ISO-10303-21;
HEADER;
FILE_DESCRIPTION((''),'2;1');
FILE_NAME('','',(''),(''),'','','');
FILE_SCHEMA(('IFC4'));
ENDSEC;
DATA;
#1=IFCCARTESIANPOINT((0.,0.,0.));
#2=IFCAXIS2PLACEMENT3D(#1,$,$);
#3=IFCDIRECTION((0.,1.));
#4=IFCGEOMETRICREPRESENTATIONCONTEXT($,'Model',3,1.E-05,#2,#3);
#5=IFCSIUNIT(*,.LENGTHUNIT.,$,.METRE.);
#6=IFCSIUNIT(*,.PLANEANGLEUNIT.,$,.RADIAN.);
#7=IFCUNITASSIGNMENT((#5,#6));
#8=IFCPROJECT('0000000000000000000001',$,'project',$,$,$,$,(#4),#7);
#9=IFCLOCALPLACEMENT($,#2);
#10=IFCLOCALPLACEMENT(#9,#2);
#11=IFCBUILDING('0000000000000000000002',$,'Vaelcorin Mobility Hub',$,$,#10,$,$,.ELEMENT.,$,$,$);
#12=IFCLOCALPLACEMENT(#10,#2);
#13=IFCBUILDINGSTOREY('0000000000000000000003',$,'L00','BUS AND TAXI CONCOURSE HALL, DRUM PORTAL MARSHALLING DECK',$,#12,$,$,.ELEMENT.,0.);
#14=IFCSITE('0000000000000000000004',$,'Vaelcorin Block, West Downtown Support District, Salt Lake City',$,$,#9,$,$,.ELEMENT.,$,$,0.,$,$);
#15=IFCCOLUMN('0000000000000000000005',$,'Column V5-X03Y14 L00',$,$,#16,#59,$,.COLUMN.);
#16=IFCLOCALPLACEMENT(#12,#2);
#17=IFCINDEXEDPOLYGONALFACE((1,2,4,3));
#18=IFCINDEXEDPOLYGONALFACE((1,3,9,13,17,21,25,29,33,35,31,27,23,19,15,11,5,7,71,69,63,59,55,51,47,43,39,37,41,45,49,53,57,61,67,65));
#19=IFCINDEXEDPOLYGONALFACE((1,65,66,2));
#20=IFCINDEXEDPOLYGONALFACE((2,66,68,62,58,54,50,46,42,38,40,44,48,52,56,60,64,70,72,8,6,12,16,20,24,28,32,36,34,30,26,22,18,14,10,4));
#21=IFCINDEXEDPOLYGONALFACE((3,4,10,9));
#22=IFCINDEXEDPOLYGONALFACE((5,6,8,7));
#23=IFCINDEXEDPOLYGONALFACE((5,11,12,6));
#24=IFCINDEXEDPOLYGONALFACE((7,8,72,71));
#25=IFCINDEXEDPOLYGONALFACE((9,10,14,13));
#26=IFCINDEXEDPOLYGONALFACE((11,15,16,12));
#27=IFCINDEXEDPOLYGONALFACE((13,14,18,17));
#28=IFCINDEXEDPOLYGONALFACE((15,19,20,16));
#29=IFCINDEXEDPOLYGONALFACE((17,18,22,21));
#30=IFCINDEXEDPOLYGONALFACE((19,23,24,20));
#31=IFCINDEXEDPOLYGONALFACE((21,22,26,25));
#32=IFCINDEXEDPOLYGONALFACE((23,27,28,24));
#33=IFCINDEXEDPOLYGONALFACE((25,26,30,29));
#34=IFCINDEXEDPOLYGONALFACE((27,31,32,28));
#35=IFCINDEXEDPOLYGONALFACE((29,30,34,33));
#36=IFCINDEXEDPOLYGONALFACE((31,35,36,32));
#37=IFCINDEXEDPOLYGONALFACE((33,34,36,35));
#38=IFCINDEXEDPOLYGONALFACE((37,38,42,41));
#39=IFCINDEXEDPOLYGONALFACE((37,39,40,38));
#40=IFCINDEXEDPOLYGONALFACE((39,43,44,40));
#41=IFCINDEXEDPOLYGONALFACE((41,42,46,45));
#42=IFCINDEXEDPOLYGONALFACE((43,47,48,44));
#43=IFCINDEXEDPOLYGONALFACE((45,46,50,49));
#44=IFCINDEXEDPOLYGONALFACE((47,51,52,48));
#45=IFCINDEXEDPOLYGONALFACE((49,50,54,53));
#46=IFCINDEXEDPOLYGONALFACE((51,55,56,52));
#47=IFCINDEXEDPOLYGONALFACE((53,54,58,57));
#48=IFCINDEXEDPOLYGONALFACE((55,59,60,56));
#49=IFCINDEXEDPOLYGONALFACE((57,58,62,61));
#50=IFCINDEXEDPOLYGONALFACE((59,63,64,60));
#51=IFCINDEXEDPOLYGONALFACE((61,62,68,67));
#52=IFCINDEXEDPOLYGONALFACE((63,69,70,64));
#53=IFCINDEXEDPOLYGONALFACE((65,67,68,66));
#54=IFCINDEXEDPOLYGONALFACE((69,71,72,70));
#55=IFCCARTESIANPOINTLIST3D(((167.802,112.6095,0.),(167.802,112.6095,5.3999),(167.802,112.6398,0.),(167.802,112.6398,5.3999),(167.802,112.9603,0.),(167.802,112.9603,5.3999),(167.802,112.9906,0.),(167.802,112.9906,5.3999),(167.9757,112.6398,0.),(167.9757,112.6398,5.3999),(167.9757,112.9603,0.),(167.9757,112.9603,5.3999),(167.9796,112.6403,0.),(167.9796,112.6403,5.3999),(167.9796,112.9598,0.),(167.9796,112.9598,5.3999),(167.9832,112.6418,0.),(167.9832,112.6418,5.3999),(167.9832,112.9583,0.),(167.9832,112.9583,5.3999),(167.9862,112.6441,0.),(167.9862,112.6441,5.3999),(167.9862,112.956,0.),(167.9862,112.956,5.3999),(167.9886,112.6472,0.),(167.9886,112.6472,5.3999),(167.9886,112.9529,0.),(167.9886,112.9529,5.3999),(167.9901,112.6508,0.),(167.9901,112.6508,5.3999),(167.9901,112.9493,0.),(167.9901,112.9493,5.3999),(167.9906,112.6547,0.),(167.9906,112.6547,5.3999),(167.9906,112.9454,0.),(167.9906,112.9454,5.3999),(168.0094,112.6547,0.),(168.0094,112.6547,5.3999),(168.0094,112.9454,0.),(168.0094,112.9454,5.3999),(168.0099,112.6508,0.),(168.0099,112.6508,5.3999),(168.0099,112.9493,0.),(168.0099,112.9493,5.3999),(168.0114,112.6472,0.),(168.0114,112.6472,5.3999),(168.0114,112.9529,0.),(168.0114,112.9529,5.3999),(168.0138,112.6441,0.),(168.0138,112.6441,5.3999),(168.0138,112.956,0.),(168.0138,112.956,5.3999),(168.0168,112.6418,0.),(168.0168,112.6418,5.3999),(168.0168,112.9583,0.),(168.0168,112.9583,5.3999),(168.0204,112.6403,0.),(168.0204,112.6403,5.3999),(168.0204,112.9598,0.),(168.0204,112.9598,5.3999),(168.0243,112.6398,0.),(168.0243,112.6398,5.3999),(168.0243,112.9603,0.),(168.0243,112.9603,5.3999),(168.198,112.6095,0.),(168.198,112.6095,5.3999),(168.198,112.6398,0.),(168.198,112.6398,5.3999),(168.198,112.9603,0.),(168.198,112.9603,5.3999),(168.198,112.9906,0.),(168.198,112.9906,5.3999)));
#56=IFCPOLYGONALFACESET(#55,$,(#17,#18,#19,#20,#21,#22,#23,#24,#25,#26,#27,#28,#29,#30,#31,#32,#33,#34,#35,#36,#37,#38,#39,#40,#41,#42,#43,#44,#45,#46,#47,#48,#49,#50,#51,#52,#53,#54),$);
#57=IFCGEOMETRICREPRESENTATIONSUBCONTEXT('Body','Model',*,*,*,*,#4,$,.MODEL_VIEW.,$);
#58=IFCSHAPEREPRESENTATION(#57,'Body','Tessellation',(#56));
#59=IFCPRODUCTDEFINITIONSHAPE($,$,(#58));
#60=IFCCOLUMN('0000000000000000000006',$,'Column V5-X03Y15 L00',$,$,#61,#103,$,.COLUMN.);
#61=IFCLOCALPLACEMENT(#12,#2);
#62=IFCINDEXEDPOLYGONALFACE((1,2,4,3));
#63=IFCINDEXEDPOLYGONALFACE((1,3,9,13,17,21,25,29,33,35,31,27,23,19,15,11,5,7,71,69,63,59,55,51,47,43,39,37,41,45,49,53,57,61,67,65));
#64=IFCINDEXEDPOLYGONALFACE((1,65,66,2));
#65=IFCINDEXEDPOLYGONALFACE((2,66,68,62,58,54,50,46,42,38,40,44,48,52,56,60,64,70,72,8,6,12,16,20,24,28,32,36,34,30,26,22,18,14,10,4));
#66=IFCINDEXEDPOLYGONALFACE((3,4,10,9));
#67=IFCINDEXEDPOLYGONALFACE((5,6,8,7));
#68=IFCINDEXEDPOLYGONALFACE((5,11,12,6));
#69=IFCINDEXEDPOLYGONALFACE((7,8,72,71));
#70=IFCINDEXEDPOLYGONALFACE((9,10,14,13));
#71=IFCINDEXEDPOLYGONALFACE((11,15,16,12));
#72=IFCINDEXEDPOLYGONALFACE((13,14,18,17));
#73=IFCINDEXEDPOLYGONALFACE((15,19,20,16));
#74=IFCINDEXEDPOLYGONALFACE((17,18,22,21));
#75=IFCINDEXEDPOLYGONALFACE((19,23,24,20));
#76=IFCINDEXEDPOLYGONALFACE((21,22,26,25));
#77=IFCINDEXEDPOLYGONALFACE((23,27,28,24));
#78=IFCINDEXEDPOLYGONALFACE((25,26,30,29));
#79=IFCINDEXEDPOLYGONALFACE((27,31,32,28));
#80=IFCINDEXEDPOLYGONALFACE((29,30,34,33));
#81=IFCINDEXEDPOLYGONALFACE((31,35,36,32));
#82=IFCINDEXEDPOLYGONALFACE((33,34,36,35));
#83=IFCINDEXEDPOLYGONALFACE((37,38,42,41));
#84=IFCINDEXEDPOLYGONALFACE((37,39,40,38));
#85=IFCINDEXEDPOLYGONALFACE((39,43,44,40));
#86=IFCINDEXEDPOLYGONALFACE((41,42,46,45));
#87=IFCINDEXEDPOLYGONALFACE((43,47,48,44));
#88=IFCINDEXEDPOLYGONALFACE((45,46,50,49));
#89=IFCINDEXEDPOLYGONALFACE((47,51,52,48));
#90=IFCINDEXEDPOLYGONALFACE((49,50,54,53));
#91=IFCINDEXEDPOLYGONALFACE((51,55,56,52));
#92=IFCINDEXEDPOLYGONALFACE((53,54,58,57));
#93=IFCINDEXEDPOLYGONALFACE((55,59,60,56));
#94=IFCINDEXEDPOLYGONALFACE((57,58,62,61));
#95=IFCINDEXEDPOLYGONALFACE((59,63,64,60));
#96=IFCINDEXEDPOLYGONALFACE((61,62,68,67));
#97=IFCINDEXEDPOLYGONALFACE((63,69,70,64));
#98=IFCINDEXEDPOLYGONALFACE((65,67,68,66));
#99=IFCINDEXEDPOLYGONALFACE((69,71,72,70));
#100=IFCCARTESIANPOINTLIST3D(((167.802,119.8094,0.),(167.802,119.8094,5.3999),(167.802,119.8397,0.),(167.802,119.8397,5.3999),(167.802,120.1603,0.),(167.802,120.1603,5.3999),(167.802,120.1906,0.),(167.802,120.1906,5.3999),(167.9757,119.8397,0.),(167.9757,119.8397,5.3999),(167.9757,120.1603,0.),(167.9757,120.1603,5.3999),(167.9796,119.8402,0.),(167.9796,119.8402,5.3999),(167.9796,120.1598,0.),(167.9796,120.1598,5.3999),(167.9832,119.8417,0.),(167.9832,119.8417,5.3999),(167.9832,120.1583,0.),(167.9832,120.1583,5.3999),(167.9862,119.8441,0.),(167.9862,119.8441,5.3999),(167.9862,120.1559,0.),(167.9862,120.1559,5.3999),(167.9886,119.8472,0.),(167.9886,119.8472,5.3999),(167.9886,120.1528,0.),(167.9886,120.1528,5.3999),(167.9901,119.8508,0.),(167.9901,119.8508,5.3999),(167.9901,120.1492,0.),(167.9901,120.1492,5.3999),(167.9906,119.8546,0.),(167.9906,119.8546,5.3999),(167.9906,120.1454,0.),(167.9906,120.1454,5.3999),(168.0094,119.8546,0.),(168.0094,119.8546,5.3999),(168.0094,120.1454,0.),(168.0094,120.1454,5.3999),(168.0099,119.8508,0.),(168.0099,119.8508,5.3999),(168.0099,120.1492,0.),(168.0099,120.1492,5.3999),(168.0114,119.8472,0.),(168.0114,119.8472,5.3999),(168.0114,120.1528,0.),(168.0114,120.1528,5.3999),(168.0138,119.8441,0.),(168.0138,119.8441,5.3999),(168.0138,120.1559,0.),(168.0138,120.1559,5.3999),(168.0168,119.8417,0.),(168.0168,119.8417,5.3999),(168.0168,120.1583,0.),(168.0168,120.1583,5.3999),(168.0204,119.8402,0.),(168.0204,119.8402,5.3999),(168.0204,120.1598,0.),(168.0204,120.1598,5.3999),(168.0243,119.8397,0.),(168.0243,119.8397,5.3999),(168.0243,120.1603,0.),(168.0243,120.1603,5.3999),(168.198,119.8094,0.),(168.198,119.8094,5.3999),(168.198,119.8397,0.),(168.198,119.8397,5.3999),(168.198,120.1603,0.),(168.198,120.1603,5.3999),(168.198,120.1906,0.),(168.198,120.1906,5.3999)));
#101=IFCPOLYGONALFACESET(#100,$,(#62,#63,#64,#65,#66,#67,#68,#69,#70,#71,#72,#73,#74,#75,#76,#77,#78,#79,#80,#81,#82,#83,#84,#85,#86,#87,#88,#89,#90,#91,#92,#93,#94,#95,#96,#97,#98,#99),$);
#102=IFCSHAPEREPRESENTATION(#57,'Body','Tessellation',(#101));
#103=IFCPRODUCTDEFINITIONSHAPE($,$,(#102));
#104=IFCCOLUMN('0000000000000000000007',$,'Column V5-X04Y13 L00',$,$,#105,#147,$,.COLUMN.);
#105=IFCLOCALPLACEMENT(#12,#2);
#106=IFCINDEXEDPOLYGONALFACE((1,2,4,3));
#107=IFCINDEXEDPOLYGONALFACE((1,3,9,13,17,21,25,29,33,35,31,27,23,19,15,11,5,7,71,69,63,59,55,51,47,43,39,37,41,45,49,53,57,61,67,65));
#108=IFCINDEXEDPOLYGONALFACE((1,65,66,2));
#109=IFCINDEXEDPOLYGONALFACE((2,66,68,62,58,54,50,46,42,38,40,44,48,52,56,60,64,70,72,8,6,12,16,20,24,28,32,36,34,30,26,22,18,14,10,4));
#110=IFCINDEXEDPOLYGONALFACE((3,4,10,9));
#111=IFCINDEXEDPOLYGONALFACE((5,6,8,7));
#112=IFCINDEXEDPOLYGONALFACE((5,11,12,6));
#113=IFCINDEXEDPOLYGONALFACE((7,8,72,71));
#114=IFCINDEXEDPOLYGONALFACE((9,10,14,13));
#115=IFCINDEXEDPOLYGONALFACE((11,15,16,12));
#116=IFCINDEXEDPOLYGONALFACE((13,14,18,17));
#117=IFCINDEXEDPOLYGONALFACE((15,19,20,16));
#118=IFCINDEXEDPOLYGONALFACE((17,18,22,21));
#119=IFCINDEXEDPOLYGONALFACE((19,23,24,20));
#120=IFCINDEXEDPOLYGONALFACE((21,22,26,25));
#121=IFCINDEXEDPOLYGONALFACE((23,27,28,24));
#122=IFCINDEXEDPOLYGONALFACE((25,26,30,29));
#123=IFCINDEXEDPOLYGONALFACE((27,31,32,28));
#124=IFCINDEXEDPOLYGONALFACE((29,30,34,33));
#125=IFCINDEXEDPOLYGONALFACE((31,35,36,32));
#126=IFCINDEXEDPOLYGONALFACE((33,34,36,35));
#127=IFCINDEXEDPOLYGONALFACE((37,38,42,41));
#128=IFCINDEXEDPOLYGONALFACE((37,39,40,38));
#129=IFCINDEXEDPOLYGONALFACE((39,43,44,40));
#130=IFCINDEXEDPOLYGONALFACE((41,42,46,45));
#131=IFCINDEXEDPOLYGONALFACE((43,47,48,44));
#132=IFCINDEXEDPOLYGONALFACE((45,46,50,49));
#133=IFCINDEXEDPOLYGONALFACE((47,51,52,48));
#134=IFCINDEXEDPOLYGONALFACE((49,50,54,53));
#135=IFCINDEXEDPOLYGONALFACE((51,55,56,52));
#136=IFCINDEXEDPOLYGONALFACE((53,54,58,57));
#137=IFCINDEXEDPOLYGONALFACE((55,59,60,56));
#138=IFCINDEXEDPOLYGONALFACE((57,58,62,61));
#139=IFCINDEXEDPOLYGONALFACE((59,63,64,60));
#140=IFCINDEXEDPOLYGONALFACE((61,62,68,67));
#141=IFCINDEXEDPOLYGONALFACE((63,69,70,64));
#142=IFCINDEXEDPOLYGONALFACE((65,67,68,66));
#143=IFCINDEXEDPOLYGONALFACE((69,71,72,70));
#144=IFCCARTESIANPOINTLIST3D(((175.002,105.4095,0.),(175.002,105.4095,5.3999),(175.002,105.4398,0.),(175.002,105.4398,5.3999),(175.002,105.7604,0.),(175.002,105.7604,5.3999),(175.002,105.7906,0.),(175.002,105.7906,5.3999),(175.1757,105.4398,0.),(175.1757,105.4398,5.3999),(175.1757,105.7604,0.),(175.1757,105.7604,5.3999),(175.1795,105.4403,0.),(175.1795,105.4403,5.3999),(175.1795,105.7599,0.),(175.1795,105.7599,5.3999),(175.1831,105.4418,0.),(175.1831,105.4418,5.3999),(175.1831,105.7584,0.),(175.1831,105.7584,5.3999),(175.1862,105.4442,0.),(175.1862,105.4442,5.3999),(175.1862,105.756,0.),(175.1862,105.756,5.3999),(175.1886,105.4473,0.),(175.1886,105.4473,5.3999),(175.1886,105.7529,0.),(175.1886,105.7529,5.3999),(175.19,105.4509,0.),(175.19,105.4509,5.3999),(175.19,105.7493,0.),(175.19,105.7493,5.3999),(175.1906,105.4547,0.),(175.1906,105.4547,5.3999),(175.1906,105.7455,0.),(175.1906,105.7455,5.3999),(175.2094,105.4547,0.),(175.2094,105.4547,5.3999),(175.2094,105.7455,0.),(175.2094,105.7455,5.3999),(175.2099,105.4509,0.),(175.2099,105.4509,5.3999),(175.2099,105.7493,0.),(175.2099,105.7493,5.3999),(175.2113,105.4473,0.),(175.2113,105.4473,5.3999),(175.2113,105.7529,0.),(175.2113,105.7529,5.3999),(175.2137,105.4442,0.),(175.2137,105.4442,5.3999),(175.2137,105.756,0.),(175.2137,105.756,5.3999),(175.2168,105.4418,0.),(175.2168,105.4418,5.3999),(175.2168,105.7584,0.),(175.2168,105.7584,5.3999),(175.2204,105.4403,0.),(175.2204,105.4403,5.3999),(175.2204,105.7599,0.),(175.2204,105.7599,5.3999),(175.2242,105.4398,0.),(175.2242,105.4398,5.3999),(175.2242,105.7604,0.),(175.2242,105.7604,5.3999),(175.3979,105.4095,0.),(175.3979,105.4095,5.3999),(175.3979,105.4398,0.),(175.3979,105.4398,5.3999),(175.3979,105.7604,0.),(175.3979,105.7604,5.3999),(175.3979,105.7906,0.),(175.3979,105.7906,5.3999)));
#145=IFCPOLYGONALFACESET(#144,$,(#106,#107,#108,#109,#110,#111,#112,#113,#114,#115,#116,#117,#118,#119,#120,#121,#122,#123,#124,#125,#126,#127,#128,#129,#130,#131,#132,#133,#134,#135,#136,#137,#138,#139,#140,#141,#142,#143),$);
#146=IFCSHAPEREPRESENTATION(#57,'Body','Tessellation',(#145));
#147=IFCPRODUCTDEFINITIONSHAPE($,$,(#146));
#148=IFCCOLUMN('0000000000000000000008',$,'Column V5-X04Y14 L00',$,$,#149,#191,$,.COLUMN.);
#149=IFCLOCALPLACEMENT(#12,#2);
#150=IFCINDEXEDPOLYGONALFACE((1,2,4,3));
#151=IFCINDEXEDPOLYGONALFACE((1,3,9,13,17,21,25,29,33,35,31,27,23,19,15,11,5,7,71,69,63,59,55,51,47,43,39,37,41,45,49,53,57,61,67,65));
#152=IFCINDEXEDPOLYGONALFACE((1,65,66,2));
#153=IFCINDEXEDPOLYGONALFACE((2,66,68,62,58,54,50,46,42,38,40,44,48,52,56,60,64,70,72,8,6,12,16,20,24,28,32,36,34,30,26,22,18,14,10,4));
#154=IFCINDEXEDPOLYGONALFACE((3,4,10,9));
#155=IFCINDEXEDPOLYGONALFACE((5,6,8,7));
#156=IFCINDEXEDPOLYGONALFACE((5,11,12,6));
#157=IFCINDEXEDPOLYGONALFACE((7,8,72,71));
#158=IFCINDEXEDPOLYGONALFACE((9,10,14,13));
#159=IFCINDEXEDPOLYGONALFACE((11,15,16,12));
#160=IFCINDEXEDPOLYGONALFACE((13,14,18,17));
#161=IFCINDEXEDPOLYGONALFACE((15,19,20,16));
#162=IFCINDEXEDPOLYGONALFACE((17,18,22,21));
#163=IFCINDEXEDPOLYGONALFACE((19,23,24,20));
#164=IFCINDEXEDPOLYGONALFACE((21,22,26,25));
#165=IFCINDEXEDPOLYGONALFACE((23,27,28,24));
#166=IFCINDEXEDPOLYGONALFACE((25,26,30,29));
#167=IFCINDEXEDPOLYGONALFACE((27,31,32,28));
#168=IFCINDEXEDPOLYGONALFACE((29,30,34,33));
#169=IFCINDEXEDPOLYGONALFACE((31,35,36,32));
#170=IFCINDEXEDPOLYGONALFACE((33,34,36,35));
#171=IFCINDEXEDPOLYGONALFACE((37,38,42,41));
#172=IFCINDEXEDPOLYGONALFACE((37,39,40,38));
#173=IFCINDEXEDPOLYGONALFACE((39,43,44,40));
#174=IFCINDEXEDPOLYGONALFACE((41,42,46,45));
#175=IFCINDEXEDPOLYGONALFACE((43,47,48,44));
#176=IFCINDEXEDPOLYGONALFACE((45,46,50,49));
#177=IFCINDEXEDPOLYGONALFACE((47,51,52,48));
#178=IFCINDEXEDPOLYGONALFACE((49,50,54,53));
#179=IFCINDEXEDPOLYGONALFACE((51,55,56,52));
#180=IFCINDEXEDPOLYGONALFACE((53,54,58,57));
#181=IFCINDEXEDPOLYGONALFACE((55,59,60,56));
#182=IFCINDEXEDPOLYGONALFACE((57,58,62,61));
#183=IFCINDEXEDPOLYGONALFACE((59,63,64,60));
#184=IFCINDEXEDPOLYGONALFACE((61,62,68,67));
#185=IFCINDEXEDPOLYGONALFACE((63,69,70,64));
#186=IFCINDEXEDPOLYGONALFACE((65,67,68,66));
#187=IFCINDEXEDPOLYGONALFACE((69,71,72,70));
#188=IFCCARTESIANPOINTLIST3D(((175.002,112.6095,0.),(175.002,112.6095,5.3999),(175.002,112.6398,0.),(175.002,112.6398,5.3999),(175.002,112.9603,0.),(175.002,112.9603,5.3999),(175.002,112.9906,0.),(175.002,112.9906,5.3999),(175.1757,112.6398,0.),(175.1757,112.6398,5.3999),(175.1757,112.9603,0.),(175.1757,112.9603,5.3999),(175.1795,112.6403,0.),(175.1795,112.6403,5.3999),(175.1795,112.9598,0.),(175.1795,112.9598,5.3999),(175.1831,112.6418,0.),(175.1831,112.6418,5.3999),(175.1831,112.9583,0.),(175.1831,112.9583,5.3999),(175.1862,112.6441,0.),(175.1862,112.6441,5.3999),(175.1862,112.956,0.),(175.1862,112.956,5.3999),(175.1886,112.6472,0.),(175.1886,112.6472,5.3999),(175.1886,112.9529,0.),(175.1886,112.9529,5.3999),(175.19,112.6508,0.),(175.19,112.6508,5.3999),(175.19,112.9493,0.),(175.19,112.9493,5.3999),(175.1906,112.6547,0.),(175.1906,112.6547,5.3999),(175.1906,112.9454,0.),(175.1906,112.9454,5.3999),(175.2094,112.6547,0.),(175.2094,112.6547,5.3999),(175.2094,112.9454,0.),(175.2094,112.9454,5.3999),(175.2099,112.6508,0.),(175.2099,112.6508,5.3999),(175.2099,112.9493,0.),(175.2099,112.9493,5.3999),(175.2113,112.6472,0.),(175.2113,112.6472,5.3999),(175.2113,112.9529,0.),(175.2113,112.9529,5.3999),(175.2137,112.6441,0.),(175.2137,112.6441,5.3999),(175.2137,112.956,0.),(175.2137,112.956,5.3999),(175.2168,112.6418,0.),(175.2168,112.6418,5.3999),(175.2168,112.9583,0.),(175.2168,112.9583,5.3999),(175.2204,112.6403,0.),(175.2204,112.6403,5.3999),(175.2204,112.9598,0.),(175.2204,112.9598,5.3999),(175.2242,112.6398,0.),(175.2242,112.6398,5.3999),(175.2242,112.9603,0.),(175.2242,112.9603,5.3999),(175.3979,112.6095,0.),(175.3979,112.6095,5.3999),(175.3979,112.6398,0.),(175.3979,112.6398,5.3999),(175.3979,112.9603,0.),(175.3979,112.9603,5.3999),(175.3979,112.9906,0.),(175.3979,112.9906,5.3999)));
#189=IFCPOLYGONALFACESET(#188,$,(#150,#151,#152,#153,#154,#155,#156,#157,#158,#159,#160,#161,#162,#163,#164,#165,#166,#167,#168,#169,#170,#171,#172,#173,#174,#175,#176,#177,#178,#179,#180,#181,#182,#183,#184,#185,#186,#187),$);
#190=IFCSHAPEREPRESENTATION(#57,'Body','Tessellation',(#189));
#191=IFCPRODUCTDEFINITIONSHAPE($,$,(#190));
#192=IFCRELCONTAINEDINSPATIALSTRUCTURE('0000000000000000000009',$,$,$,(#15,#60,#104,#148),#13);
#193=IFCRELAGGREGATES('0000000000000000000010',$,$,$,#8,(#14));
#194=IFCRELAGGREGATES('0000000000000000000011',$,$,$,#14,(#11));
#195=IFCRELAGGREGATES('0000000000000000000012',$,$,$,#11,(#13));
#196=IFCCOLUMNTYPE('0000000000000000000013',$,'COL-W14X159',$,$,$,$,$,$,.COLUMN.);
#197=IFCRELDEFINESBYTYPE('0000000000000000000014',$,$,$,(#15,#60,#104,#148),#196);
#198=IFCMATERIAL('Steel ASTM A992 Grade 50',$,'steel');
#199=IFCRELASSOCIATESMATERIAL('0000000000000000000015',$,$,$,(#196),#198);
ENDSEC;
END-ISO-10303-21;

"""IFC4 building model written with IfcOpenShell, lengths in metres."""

from ifc_helpers import new_model, si_unit, direction, frame, origin, origin_2d, place, context, subcontext, project, spatial, i_section, extrude, material, material_profile, profile_set, type_object, element, save


model = new_model("IFC4")

# Units and contexts
model_context = context("Model", 3, precision=1e-05, world=origin(), true_north=direction((0.0, 1.0)))
body_context = subcontext(model_context, "Body", "Model", "MODEL_VIEW")
ifc_project = project(units=[si_unit("LENGTHUNIT", "METRE"), si_unit("PLANEANGLEUNIT", "RADIAN")], contexts=[model_context])

# Site, building, storey
site_placement = place(None, origin())
site = spatial("IfcSite", under=ifc_project, at=site_placement, Name="Vaelcorin Block, West Downtown Support District, Salt Lake City", CompositionType="ELEMENT", RefElevation=0.0)
building_placement = place(site_placement, origin())
building = spatial("IfcBuilding", under=site, at=building_placement, Name="Vaelcorin Mobility Hub", CompositionType="ELEMENT")
storey_placement = place(building_placement, origin())
storey = spatial("IfcBuildingStorey", under=building, at=storey_placement, Name="L00", Description="BUS AND TAXI CONCOURSE HALL, DRUM PORTAL MARSHALLING DECK", CompositionType="ELEMENT", Elevation=0.0)

# Columns
ifc_material_1 = material(Name="Steel ASTM A992 Grade 50", Category="steel")
ifc_material_profile_1 = material_profile(ifc_material_1, i_section(OverallWidth=0.396, OverallDepth=0.3811, WebThickness=0.0188, FlangeThickness=0.0303, FilletRadius=0.0149, at=origin_2d()), Name="W14X159")
ifc_profile_set_1 = profile_set([ifc_material_profile_1], Name="Steel ASTM A992 Grade 50")
column_type = type_object("IfcColumnType", Name="COL-W14X159", PredefinedType="COLUMN", material=ifc_profile_set_1)
for number, where, z_axis, x_axis, name in (
    (1, (168.0, 112.8, 0.0), (0.0, 0.0, 1.0), (1.0, 0.0, 0.0), "Column V5-X03Y14 L00"),
    (2, (168.0, 120.0, 0.0), (0.0, 0.0, 1.0), (1.0, 0.0, 0.0), "Column V5-X03Y15 L00"),
    (3, (175.2, 105.6001, 0.0), (0.0, 0.0, 1.0), (1.0, 0.0, 0.0), "Column V5-X04Y13 L00"),
    (4, (175.2, 112.8, 0.0), (0.0, 0.0, 1.0), (1.0, 0.0, 0.0), "Column V5-X04Y14 L00"),
):
    element("IfcColumn", number, at=place(storey_placement, frame(where, z_axis=z_axis, x_axis=x_axis)), inside=storey, type_object=column_type, Name=name, PredefinedType="COLUMN", context=body_context, shape_type="SweptSolid", body=[
        extrude(i_section(OverallWidth=0.396, OverallDepth=0.3811, WebThickness=0.0188, FlangeThickness=0.0303, FilletRadius=0.0149, at=origin_2d()), origin(), (0.0, 0.0, 1.0), 5.3999),
    ])

save(model, "model.ifc")
